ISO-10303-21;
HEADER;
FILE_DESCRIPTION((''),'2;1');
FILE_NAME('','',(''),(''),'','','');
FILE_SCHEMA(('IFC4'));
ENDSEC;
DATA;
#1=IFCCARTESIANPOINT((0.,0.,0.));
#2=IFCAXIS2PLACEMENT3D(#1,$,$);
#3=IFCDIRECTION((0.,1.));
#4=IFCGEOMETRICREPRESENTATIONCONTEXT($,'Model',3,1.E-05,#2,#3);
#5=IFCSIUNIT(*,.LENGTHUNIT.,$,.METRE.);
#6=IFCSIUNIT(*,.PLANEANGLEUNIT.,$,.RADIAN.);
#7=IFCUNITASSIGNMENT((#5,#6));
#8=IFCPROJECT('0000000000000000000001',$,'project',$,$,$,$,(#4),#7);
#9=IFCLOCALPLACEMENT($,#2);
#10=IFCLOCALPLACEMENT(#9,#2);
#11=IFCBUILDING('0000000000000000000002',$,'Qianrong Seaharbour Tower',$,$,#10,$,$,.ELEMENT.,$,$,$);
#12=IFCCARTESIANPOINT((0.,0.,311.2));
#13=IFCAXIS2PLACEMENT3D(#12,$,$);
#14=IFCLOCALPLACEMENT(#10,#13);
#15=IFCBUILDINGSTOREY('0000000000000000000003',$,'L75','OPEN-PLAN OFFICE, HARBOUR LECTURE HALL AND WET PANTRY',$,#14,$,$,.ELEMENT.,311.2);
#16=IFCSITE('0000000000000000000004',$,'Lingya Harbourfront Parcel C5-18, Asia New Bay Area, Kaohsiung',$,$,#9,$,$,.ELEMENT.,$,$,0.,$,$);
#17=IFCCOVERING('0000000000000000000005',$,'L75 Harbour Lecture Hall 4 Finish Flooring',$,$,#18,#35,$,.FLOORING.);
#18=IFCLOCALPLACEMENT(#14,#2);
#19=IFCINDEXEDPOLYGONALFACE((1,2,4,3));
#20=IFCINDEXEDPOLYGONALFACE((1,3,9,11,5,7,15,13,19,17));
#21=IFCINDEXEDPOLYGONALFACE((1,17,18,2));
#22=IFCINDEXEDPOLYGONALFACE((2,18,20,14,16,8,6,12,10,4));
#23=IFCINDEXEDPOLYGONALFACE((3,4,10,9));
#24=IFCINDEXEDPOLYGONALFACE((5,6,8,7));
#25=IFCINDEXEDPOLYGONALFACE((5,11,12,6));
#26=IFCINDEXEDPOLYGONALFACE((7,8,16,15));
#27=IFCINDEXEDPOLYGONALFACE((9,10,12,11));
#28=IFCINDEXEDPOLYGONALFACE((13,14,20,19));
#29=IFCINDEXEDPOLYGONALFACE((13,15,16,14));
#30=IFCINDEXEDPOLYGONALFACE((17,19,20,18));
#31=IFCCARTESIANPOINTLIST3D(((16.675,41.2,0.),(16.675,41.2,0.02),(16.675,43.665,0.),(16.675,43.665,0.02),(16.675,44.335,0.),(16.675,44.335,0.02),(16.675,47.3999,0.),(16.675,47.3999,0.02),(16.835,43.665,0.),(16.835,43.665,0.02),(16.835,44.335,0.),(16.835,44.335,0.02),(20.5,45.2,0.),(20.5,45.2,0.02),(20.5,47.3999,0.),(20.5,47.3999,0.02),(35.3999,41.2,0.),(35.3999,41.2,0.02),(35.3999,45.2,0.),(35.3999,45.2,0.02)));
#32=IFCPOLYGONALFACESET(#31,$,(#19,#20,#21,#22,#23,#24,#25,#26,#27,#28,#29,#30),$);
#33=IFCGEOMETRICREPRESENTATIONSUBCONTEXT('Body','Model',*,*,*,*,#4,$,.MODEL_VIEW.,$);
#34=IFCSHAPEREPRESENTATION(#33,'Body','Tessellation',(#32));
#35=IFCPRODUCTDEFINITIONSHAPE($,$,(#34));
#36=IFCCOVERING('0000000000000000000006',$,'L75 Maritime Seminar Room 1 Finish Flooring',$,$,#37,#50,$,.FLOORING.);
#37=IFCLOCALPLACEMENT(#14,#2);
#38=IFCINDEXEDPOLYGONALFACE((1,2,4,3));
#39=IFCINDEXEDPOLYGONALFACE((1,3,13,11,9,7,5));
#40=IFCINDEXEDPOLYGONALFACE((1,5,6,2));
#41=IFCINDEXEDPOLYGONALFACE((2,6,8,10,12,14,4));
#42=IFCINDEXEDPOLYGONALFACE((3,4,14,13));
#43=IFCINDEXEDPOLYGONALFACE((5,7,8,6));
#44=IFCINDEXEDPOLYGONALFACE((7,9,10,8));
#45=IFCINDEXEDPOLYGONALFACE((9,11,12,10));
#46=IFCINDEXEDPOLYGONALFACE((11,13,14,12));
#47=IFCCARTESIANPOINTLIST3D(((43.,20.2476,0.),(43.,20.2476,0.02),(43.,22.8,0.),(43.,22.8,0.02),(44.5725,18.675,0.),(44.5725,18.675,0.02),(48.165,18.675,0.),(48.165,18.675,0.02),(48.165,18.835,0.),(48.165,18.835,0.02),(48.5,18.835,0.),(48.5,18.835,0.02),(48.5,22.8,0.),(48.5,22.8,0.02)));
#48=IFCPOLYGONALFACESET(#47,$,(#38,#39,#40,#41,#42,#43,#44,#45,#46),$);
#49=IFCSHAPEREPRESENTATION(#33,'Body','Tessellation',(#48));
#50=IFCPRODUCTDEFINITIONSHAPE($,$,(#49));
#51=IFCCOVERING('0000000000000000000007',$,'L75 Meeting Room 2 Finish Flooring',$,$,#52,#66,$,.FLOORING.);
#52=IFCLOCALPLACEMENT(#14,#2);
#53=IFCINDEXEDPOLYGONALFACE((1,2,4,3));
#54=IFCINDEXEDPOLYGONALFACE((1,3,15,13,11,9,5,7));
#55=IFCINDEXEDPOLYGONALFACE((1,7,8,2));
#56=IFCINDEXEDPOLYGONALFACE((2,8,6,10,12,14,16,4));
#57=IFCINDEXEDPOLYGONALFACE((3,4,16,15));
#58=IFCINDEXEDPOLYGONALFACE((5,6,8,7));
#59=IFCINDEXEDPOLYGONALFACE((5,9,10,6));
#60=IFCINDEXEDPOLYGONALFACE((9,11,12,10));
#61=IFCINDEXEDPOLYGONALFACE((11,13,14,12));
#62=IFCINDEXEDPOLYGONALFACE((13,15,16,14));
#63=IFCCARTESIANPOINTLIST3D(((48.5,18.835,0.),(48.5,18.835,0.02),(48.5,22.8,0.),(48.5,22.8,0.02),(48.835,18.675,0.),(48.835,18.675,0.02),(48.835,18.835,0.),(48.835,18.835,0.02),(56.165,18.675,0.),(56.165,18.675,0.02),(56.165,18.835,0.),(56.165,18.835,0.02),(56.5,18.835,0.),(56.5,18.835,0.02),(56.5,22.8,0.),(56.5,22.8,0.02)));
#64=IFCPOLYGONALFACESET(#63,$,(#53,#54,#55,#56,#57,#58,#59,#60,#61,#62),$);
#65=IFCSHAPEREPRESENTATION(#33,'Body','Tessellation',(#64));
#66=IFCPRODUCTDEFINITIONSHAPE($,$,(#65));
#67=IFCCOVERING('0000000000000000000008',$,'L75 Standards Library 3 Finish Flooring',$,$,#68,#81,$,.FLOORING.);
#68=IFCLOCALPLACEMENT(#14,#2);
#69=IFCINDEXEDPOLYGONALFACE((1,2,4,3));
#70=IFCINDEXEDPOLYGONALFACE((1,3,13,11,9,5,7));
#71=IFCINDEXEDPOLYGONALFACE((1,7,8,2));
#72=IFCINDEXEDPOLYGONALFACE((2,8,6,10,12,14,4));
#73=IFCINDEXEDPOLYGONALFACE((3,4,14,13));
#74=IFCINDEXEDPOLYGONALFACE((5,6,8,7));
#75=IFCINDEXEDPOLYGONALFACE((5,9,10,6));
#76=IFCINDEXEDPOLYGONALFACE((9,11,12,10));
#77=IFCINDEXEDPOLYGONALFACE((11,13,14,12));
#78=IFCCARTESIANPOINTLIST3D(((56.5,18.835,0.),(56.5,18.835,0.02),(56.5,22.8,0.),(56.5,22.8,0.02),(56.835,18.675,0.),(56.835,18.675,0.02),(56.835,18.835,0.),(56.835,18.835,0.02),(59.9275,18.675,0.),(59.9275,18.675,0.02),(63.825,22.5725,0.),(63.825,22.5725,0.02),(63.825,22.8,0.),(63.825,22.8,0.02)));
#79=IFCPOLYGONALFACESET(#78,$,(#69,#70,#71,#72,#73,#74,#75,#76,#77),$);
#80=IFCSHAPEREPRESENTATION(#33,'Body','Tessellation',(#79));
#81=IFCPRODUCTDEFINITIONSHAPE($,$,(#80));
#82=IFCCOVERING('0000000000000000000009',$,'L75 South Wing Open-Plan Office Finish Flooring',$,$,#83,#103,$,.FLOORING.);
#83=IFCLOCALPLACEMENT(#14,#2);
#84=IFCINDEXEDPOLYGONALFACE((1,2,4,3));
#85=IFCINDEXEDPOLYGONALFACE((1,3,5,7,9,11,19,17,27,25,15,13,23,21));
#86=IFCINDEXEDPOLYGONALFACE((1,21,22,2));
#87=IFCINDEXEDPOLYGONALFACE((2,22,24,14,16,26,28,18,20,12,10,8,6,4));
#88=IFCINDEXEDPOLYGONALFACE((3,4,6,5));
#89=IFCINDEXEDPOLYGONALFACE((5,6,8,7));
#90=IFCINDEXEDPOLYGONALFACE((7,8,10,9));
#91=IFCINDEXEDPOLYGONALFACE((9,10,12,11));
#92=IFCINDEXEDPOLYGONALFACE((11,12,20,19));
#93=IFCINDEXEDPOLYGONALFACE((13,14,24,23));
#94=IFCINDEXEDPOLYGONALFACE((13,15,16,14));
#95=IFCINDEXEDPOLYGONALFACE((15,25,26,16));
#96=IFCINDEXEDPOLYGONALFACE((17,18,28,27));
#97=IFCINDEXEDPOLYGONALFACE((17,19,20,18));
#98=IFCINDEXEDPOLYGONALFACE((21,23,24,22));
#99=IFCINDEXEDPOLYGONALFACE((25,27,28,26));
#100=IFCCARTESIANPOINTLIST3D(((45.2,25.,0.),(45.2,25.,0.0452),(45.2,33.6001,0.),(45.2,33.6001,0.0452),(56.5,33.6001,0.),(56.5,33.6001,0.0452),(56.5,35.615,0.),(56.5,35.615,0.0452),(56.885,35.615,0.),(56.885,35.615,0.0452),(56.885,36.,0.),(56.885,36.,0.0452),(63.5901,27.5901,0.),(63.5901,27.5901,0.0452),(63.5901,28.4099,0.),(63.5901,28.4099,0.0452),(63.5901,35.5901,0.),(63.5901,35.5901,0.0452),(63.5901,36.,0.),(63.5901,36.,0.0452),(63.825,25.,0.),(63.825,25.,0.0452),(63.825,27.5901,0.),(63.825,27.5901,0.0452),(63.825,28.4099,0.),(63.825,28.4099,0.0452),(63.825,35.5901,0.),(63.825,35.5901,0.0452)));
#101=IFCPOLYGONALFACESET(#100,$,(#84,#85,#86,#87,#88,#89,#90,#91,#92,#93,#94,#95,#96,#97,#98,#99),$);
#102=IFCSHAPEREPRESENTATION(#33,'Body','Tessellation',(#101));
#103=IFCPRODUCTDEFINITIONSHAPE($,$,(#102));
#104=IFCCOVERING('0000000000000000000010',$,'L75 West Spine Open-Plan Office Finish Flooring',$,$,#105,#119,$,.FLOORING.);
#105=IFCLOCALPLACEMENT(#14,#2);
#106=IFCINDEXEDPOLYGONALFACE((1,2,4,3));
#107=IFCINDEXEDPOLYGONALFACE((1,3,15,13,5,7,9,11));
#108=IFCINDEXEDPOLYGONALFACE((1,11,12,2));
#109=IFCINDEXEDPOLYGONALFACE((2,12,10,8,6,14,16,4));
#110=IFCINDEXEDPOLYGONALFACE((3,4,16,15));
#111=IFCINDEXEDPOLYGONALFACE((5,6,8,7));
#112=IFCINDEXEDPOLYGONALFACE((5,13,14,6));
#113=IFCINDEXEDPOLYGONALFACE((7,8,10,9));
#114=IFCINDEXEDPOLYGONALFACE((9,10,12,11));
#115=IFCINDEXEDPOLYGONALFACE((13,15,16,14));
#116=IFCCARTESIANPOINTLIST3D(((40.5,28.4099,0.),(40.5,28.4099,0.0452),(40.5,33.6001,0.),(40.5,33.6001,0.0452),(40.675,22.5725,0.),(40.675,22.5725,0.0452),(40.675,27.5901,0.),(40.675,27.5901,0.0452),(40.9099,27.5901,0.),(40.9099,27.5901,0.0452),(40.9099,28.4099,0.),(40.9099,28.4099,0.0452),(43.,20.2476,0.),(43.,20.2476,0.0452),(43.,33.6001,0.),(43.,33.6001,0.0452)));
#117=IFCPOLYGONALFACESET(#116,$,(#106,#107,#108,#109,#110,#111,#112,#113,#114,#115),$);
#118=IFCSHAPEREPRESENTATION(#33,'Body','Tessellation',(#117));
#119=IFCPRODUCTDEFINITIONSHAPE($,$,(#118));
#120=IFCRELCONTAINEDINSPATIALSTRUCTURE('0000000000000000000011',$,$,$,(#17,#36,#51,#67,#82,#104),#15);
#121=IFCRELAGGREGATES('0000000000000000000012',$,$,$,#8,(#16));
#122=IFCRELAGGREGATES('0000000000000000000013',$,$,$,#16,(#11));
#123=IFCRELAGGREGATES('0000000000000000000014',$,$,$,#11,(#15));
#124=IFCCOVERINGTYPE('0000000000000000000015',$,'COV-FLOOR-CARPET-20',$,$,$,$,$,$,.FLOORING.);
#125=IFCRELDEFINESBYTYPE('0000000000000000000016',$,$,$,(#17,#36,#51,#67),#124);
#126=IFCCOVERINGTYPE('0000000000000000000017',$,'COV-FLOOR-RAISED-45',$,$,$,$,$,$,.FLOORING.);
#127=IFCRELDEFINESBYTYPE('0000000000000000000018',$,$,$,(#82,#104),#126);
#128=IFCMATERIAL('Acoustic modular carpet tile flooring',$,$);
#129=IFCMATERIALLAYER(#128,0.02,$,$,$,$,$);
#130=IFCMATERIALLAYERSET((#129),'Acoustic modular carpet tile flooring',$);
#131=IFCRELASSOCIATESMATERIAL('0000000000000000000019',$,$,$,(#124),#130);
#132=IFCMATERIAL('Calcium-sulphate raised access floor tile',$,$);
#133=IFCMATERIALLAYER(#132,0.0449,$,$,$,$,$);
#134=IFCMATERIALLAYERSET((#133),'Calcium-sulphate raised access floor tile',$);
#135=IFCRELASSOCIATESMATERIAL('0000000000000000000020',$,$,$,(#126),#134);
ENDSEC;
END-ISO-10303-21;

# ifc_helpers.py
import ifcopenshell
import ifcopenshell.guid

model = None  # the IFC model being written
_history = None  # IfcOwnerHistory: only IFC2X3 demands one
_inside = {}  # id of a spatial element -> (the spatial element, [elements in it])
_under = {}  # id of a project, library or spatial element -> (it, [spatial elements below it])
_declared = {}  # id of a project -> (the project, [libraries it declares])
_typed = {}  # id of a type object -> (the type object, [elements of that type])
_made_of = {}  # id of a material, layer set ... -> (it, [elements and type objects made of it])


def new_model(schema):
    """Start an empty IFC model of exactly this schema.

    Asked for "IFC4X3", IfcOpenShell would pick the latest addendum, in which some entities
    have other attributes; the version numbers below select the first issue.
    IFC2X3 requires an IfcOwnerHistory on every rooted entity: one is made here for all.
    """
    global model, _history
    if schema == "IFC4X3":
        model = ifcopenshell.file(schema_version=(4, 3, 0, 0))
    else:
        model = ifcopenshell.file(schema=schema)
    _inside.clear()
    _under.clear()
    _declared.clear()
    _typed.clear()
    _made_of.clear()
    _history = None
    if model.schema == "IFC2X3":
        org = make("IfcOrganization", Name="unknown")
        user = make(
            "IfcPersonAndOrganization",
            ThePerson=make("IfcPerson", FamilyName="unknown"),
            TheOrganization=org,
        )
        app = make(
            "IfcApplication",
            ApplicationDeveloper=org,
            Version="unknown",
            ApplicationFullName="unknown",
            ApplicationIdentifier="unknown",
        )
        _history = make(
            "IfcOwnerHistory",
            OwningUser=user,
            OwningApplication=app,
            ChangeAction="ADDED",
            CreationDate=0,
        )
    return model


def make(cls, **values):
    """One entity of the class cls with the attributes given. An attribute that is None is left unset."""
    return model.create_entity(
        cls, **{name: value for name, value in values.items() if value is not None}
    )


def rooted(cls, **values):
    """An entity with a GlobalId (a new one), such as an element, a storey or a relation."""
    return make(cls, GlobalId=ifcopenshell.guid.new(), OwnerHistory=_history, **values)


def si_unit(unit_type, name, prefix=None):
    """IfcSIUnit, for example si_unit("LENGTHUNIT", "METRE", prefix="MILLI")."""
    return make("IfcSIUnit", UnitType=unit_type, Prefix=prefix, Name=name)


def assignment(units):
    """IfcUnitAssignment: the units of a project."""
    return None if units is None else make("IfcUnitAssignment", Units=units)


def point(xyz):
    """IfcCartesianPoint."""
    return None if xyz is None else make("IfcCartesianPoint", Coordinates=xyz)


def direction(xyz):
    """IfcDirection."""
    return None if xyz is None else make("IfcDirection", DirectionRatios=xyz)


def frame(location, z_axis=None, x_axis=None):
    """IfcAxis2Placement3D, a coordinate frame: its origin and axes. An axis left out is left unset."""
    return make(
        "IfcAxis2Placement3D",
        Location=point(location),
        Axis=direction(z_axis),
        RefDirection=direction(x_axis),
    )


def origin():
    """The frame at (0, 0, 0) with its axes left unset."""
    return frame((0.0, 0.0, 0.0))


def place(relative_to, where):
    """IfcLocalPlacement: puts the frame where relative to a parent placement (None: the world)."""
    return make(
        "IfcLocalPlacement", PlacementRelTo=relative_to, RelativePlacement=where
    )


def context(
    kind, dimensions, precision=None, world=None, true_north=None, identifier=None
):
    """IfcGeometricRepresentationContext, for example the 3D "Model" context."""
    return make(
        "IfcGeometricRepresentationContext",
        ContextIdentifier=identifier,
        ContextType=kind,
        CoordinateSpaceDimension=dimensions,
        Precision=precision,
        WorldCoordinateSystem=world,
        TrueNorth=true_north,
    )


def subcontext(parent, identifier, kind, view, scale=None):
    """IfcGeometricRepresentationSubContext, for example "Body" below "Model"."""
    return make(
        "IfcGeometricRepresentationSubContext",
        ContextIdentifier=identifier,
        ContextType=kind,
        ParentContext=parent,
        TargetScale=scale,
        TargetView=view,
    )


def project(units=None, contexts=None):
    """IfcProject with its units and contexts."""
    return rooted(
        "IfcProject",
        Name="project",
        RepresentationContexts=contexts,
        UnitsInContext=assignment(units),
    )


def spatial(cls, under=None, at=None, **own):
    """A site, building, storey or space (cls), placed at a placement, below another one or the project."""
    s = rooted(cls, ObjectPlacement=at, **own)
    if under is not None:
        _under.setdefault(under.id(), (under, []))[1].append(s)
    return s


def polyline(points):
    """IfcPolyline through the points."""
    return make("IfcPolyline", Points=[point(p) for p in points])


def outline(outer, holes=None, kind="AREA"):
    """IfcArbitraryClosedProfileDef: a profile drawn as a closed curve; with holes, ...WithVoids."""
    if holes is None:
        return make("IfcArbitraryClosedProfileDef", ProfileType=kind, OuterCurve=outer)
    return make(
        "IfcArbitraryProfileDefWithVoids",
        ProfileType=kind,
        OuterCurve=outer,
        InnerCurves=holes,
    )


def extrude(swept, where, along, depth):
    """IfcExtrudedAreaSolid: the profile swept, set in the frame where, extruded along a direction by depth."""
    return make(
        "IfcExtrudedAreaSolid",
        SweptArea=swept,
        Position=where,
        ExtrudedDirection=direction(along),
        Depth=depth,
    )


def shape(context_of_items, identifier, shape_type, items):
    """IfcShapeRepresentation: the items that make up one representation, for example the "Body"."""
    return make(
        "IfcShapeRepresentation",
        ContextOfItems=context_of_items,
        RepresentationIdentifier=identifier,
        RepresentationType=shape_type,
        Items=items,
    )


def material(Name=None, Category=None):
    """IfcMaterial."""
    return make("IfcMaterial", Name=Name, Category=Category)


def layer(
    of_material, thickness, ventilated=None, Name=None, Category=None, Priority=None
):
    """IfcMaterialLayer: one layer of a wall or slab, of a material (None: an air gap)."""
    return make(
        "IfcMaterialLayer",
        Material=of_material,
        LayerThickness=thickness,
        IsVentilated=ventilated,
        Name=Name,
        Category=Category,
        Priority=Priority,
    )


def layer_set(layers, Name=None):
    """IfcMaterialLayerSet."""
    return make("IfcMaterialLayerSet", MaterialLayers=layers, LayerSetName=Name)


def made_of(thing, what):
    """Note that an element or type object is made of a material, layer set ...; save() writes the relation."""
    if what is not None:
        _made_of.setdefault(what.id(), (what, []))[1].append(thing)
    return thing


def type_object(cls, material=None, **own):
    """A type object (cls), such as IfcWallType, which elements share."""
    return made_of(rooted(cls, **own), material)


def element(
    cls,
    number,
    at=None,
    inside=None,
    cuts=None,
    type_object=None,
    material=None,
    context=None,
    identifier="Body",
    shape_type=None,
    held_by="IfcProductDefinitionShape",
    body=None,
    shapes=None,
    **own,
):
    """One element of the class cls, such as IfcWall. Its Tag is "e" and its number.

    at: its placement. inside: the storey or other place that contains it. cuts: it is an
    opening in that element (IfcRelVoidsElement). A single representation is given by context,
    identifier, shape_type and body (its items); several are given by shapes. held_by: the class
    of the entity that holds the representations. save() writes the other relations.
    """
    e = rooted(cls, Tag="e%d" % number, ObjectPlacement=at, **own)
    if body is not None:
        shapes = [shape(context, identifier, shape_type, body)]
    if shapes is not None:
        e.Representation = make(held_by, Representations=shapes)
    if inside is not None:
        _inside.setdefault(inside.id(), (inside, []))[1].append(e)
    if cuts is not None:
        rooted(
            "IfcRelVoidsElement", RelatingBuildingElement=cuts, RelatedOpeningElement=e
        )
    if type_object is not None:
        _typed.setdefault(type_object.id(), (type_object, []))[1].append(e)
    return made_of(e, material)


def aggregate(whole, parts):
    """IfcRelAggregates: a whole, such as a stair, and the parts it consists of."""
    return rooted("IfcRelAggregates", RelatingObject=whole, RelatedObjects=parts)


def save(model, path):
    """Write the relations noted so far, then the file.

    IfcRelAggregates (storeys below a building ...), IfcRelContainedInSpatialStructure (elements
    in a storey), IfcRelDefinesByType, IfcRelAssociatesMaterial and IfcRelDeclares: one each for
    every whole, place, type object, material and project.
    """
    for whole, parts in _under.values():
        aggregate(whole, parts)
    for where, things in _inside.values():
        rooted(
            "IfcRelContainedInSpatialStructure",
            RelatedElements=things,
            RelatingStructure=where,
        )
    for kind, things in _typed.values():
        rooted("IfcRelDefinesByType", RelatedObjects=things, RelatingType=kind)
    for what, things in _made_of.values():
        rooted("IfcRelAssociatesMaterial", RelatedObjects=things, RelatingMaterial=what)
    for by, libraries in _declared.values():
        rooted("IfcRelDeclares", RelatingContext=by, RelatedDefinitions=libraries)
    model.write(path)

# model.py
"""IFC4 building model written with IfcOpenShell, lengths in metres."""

from ifc_helpers import new_model, si_unit, direction, frame, origin, place, context, subcontext, project, spatial, polyline, outline, extrude, material, layer, layer_set, type_object, element, save


model = new_model("IFC4")

# Units and contexts
model_context = context("Model", 3, precision=1e-05, world=origin(), true_north=direction((0.0, 1.0)))
body_context = subcontext(model_context, "Body", "Model", "MODEL_VIEW")
ifc_project = project(units=[si_unit("LENGTHUNIT", "METRE"), si_unit("PLANEANGLEUNIT", "RADIAN")], contexts=[model_context])

# Site, building, storey
site_placement = place(None, origin())
site = spatial("IfcSite", under=ifc_project, at=site_placement, Name="Lingya Harbourfront Parcel C5-18, Asia New Bay Area, Kaohsiung", CompositionType="ELEMENT", RefElevation=0.0)
building_placement = place(site_placement, origin())
building = spatial("IfcBuilding", under=site, at=building_placement, Name="Qianrong Seaharbour Tower", CompositionType="ELEMENT")
storey_placement = place(building_placement, frame((0.0, 0.0, 311.2)))
storey = spatial("IfcBuildingStorey", under=building, at=storey_placement, Name="L75", Description="OPEN-PLAN OFFICE, HARBOUR LECTURE HALL AND WET PANTRY", CompositionType="ELEMENT", Elevation=311.2)

# Coverings
ifc_material_1 = material(Name="Acoustic modular carpet tile flooring")
ifc_layer_1 = layer(ifc_material_1, 0.02)
ifc_layer_set_1 = layer_set([ifc_layer_1], Name="Acoustic modular carpet tile flooring")
covering_type_1 = type_object("IfcCoveringType", Name="COV-FLOOR-CARPET-20", PredefinedType="FLOORING", material=ifc_layer_set_1)
covering_1_placement = place(storey_placement, origin())
element("IfcCovering", 1, at=covering_1_placement, inside=storey, type_object=covering_type_1, Name="L75 Harbour Lecture Hall 4 Finish Flooring", PredefinedType="FLOORING", context=body_context, shape_type="SweptSolid", body=[
    extrude(outline(polyline([(16.675, 41.2), (16.675, 43.665), (16.835, 43.665), (16.835, 44.335), (16.675, 44.335), (16.675, 47.3999), (20.5, 47.3999), (20.5, 45.2), (35.3999, 45.2), (35.3999, 41.2), (16.675, 41.2)])), origin(), (0.0, 0.0, 1.0), 0.02),
])
covering_2_placement = place(storey_placement, origin())
element("IfcCovering", 2, at=covering_2_placement, inside=storey, type_object=covering_type_1, Name="L75 Maritime Seminar Room 1 Finish Flooring", PredefinedType="FLOORING", context=body_context, shape_type="SweptSolid", body=[
    extrude(outline(polyline([(48.5, 18.835), (48.165, 18.835), (48.165, 18.675), (44.5725, 18.675), (43.0, 20.2476), (43.0, 22.8), (48.5, 22.8), (48.5, 18.835)])), origin(), (0.0, 0.0, 1.0), 0.02),
])
covering_3_placement = place(storey_placement, origin())
element("IfcCovering", 3, at=covering_3_placement, inside=storey, type_object=covering_type_1, Name="L75 Meeting Room 2 Finish Flooring", PredefinedType="FLOORING", context=body_context, shape_type="SweptSolid", body=[
    extrude(outline(polyline([(56.5, 18.835), (56.165, 18.835), (56.165, 18.675), (48.835, 18.675), (48.835, 18.835), (48.5, 18.835), (48.5, 22.8), (56.5, 22.8), (56.5, 18.835)])), origin(), (0.0, 0.0, 1.0), 0.02),
])
covering_4_placement = place(storey_placement, origin())
element("IfcCovering", 4, at=covering_4_placement, inside=storey, type_object=covering_type_1, Name="L75 Standards Library 3 Finish Flooring", PredefinedType="FLOORING", context=body_context, shape_type="SweptSolid", body=[
    extrude(outline(polyline([(63.825, 22.5725), (59.9275, 18.675), (56.835, 18.675), (56.835, 18.835), (56.5, 18.835), (56.5, 22.8), (63.825, 22.8), (63.825, 22.5725)])), origin(), (0.0, 0.0, 1.0), 0.02),
])
ifc_material_2 = material(Name="Calcium-sulphate raised access floor tile")
ifc_layer_2 = layer(ifc_material_2, 0.0449)
ifc_layer_set_2 = layer_set([ifc_layer_2], Name="Calcium-sulphate raised access floor tile")
covering_type_2 = type_object("IfcCoveringType", Name="COV-FLOOR-RAISED-45", PredefinedType="FLOORING", material=ifc_layer_set_2)
covering_5_placement = place(storey_placement, origin())
element("IfcCovering", 5, at=covering_5_placement, inside=storey, type_object=covering_type_2, Name="L75 South Wing Open-Plan Office Finish Flooring", PredefinedType="FLOORING", context=body_context, shape_type="SweptSolid", body=[
    extrude(outline(polyline([(56.5, 33.6001), (56.5, 35.615), (56.885, 35.615), (56.885, 36.0), (63.5901, 36.0), (63.5901, 35.5901), (63.825, 35.5901), (63.825, 28.4099), (63.5901, 28.4099), (63.5901, 27.5901), (63.825, 27.5901), (63.825, 25.0), (45.2, 25.0), (45.2, 33.6001), (56.5, 33.6001)])), origin(), (0.0, 0.0, 1.0), 0.0452),
])
covering_6_placement = place(storey_placement, origin())
element("IfcCovering", 6, at=covering_6_placement, inside=storey, type_object=covering_type_2, Name="L75 West Spine Open-Plan Office Finish Flooring", PredefinedType="FLOORING", context=body_context, shape_type="SweptSolid", body=[
    extrude(outline(polyline([(43.0, 20.2476), (40.675, 22.5725), (40.675, 27.5901), (40.9099, 27.5901), (40.9099, 28.4099), (40.5, 28.4099), (40.5, 33.6001), (43.0, 33.6001), (43.0, 20.2476)])), origin(), (0.0, 0.0, 1.0), 0.0452),
])

save(model, "model.ifc")
